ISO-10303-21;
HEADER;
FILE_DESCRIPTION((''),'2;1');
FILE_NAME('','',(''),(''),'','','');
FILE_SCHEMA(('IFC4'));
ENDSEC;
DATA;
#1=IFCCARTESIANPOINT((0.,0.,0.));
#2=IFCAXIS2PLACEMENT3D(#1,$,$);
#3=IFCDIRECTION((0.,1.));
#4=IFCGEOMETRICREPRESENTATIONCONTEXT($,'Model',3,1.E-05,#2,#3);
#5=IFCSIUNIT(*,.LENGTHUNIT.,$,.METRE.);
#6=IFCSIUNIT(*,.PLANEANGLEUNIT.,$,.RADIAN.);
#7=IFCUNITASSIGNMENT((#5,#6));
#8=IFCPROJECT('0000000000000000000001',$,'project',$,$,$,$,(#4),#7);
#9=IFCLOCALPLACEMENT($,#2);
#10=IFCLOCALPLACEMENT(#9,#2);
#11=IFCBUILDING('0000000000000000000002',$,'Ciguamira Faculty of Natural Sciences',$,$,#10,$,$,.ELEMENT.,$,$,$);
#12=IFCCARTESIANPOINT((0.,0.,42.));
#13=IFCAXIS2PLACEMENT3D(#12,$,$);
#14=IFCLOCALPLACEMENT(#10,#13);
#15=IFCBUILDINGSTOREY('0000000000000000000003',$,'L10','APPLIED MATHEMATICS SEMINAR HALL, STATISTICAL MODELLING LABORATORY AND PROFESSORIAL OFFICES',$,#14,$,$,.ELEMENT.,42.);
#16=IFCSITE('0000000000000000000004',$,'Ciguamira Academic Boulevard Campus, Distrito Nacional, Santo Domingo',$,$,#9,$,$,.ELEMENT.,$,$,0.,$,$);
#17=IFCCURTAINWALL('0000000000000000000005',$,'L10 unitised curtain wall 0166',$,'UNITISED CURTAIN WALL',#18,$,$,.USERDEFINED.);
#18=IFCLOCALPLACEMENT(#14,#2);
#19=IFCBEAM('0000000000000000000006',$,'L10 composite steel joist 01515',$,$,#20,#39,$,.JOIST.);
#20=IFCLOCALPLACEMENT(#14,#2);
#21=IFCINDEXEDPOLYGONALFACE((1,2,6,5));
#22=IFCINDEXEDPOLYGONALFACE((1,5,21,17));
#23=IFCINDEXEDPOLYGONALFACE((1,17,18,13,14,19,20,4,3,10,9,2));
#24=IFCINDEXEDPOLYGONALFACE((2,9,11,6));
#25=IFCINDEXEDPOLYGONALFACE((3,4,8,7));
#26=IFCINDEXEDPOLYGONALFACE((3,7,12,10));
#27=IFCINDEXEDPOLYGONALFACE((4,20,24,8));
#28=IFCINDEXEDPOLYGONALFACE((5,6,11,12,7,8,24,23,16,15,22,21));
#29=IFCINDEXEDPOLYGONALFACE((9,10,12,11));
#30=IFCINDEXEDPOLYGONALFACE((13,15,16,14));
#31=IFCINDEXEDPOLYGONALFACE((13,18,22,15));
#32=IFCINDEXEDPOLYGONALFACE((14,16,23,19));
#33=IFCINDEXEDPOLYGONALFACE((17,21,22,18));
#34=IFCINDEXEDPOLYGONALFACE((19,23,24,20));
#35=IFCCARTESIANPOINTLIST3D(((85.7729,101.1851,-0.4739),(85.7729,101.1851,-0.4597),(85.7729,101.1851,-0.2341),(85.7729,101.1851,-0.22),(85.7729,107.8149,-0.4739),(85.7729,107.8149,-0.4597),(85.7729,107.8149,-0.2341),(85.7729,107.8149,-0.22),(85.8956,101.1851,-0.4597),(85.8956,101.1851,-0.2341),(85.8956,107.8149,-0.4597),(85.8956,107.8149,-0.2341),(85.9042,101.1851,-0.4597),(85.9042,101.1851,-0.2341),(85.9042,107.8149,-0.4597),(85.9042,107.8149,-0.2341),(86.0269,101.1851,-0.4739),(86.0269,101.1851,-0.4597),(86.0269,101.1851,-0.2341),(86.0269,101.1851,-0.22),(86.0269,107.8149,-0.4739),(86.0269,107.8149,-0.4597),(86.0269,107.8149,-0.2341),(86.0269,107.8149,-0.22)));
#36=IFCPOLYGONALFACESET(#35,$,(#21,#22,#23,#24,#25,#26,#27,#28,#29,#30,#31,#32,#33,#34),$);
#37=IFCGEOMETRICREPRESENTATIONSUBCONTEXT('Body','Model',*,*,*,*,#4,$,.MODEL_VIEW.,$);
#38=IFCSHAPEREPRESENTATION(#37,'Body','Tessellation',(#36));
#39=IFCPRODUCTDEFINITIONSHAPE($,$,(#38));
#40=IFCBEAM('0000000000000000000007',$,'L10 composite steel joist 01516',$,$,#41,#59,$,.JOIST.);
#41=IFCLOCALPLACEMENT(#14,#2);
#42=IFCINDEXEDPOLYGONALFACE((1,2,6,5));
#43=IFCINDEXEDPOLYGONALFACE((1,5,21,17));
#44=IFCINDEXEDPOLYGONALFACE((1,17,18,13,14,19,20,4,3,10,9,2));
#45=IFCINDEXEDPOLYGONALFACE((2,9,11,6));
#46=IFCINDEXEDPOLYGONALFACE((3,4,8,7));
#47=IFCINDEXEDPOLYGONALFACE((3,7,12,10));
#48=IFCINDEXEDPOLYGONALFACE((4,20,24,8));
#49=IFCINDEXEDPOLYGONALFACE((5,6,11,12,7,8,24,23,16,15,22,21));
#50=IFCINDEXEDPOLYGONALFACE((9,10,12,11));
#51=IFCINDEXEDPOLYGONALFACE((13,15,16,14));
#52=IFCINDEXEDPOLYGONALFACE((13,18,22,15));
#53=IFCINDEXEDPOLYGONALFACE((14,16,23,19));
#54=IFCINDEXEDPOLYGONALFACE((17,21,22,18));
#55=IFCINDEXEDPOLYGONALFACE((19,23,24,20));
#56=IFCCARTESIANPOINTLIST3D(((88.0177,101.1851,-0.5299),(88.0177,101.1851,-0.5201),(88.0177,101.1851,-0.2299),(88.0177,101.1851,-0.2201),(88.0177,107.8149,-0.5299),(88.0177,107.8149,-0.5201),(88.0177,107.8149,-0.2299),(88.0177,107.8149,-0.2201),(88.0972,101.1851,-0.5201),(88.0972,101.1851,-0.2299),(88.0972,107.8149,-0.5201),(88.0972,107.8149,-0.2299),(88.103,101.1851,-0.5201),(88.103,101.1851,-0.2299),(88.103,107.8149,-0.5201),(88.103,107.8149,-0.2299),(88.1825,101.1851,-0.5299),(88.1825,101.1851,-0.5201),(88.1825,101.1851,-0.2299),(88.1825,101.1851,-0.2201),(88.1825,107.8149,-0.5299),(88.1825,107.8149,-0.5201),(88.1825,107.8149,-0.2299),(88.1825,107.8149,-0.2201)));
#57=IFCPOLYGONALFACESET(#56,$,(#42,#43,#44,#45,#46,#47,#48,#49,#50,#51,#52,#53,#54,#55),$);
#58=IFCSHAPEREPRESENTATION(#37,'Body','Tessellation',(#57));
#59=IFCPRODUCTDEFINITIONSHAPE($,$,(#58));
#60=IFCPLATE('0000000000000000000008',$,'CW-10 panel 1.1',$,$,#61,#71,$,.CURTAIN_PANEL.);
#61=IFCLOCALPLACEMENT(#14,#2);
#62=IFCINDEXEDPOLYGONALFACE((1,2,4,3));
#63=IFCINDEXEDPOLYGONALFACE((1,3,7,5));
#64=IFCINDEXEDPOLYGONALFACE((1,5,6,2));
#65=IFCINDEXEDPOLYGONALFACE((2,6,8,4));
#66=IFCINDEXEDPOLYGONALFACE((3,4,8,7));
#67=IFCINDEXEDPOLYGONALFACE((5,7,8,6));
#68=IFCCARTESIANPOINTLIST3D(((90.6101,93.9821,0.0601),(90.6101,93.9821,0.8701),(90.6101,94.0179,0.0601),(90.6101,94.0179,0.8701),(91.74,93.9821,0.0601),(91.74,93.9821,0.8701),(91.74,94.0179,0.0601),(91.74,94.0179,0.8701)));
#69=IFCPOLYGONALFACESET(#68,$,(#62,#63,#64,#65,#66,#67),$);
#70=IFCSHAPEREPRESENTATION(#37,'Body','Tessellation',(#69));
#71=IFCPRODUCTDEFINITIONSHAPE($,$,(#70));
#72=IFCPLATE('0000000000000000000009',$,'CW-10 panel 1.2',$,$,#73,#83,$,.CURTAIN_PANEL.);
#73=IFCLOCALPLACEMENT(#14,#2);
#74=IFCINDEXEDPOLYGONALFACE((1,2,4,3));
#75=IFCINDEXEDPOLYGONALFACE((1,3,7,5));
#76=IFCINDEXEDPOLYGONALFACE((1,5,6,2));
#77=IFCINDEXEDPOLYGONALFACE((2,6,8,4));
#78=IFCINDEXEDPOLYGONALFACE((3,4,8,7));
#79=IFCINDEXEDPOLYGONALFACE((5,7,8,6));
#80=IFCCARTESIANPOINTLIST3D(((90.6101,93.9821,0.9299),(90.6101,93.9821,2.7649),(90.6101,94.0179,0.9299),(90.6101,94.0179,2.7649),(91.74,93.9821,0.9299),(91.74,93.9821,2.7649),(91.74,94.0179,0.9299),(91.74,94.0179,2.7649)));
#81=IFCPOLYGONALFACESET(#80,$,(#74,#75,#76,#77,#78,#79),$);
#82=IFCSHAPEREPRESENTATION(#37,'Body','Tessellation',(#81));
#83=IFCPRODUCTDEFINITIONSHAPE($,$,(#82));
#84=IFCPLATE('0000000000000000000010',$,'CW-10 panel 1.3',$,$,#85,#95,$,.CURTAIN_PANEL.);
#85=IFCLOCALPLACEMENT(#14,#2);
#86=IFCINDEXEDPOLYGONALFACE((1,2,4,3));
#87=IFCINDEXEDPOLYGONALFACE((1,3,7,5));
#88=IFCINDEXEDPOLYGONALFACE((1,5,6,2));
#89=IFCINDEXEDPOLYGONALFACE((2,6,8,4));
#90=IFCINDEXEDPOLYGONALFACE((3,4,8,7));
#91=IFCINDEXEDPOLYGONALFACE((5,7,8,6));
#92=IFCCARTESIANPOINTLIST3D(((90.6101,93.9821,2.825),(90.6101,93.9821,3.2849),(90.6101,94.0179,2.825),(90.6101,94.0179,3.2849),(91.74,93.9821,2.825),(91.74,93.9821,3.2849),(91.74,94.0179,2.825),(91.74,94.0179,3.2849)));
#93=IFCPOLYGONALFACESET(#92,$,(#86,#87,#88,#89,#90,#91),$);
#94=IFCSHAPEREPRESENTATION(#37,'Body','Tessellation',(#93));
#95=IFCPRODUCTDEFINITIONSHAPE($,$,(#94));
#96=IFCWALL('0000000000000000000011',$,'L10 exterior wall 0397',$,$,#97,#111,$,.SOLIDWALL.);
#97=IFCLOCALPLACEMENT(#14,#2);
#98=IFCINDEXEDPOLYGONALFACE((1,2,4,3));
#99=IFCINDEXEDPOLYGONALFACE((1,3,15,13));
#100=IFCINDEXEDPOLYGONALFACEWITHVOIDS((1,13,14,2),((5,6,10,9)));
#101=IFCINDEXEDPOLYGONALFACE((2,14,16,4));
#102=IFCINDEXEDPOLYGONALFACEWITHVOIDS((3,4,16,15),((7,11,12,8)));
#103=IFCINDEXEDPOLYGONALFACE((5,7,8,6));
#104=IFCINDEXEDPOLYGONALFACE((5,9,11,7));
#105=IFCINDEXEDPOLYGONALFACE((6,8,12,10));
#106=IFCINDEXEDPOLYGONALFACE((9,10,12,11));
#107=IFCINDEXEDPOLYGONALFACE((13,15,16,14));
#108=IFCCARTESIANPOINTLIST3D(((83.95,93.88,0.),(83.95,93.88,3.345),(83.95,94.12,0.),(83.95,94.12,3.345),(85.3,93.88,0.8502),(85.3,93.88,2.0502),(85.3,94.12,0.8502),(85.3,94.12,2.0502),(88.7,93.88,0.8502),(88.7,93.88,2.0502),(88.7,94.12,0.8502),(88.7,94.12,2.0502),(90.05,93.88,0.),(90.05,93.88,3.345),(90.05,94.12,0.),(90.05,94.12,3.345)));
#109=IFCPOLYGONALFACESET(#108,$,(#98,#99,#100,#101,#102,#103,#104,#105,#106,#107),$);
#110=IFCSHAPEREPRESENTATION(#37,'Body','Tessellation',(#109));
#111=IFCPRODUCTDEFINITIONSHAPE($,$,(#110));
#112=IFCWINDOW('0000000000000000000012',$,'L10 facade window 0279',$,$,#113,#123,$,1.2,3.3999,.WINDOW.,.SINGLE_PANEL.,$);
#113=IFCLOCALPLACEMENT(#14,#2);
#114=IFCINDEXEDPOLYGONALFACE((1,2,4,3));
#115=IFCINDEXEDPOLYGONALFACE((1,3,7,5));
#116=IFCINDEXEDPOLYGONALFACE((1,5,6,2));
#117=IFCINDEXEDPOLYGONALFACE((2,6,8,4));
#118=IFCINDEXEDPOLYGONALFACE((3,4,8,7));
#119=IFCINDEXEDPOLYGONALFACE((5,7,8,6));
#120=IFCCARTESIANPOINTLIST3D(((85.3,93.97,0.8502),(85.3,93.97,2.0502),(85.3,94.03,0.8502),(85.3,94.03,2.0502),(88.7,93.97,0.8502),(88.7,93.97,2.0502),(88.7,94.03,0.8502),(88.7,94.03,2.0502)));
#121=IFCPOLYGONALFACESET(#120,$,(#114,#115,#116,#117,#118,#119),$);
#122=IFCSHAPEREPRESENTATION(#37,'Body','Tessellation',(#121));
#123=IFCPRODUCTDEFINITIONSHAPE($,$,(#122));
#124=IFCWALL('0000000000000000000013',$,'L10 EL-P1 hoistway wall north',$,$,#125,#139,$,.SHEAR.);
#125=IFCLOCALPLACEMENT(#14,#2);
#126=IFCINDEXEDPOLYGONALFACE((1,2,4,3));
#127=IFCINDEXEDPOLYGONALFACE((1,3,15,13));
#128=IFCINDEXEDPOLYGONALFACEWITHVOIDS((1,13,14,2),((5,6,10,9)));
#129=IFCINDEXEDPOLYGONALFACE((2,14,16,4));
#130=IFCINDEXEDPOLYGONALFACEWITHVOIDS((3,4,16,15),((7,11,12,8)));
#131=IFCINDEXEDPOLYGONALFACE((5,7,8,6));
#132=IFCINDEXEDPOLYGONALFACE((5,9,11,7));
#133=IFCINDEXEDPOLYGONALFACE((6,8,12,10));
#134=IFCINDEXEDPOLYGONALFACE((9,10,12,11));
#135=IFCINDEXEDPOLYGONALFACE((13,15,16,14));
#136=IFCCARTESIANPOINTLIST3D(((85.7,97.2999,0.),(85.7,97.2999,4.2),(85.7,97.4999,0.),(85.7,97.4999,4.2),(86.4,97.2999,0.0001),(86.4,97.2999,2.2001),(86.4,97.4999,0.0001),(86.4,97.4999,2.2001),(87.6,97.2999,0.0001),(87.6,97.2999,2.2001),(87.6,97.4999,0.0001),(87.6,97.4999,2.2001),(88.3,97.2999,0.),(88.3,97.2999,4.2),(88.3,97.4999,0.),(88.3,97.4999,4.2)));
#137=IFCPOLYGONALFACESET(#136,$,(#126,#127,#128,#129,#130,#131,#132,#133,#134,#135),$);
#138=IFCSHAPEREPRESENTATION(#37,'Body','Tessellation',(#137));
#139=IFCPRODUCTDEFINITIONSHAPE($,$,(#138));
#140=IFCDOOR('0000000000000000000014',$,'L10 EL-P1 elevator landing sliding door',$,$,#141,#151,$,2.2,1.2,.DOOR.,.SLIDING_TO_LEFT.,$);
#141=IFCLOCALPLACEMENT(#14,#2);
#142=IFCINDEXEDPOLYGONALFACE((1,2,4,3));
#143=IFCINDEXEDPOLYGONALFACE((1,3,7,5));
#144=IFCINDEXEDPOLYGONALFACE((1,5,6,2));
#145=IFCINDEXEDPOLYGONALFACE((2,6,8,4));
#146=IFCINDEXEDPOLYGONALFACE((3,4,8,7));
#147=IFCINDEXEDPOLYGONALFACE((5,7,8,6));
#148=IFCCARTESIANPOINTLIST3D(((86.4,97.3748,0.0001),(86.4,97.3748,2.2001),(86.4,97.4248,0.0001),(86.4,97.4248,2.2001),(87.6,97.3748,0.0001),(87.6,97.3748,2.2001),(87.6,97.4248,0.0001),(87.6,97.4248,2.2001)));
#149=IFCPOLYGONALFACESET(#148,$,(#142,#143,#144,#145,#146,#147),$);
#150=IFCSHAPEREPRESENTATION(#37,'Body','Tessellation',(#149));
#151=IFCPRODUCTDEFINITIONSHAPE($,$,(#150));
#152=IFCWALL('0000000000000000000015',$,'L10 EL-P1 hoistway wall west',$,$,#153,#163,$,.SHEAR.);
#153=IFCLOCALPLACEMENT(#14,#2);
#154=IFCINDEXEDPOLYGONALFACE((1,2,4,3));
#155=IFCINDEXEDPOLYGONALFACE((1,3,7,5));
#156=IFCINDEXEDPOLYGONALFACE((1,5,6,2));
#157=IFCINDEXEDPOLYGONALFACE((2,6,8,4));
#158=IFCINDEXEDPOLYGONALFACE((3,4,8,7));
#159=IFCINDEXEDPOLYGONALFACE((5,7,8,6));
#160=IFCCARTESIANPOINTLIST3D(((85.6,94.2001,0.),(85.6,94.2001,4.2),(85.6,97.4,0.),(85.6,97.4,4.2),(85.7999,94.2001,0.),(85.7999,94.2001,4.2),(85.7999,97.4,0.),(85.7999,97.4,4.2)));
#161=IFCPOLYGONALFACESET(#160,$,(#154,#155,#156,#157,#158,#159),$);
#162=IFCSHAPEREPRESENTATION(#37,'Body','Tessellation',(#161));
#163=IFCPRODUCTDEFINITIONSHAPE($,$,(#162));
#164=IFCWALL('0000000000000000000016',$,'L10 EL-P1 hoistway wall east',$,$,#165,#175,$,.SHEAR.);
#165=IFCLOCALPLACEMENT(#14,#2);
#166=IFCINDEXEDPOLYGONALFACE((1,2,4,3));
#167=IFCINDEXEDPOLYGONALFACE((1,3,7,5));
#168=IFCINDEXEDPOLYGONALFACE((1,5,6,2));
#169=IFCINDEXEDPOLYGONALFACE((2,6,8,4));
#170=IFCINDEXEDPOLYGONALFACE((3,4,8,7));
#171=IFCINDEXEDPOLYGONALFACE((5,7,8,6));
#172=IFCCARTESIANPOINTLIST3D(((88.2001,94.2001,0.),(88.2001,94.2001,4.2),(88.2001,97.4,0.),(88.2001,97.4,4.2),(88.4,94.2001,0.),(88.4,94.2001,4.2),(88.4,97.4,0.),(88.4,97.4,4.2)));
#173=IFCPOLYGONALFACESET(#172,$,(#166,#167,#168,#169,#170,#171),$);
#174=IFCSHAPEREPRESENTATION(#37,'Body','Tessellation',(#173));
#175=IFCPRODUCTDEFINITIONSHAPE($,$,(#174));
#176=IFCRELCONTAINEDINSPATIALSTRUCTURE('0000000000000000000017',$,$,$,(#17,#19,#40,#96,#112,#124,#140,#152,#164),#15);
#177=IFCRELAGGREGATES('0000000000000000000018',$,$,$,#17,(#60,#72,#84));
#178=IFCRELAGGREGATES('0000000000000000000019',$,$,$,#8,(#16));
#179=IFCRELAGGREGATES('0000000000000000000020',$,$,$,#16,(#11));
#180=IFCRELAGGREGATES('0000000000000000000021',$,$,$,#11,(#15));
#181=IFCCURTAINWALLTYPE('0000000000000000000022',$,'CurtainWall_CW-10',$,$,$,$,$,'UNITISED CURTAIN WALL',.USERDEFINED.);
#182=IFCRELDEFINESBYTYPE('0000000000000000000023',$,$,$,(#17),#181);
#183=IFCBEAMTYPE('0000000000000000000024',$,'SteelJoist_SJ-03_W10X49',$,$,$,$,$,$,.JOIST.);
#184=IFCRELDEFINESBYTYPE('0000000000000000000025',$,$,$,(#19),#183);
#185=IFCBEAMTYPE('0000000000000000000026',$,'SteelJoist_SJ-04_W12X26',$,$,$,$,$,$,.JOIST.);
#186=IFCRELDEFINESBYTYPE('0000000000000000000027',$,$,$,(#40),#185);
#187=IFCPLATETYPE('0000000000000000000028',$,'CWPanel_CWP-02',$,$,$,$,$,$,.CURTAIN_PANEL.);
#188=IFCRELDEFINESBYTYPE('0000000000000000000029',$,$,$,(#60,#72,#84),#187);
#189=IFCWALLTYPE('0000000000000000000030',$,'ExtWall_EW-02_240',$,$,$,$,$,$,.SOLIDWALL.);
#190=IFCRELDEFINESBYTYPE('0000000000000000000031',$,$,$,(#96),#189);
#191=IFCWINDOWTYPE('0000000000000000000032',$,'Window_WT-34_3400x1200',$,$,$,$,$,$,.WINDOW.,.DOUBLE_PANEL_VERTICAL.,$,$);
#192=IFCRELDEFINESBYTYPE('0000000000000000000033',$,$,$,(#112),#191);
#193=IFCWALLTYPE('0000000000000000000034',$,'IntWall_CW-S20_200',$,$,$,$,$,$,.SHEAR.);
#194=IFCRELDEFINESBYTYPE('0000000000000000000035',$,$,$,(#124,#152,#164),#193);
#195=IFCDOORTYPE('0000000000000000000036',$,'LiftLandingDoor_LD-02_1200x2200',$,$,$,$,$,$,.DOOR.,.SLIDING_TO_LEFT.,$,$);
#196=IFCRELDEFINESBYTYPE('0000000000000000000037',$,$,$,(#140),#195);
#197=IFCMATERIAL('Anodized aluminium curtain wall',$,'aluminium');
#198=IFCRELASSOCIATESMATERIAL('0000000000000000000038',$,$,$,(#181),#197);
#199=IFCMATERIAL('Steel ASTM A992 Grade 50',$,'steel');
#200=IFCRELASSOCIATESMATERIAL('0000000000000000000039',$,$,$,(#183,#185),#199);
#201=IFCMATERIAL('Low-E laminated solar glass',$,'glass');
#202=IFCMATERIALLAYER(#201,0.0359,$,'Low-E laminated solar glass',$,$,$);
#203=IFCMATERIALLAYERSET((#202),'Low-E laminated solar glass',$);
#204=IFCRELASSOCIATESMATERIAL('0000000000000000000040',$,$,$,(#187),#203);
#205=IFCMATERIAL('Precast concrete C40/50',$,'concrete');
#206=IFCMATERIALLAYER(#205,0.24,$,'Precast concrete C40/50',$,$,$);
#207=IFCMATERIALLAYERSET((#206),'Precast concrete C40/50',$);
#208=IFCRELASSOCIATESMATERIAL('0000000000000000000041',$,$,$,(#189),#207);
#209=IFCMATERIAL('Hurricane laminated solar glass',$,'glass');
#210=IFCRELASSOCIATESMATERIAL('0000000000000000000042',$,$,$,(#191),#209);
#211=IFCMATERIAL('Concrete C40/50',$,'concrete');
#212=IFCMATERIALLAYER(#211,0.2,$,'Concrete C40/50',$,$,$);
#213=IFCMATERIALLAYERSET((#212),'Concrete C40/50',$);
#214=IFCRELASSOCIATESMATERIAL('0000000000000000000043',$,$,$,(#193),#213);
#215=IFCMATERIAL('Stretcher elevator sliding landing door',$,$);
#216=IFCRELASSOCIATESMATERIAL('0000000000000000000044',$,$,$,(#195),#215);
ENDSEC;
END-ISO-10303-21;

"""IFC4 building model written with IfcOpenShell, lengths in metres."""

from ifc_helpers import new_model, si_unit, direction, frame, frame_2d, origin, origin_2d, place, context, subcontext, project, spatial, rectangle, i_section, extrude, material, layer, layer_set, material_profile, profile_set, type_object, element, fill, aggregate, save


model = new_model("IFC4")

# Units and contexts
model_context = context("Model", 3, precision=1e-05, world=origin(), true_north=direction((0.0, 1.0)))
body_context = subcontext(model_context, "Body", "Model", "MODEL_VIEW")
ifc_project = project(units=[si_unit("LENGTHUNIT", "METRE"), si_unit("PLANEANGLEUNIT", "RADIAN")], contexts=[model_context])

# Site, building, storey
site_placement = place(None, origin())
site = spatial("IfcSite", under=ifc_project, at=site_placement, Name="Ciguamira Academic Boulevard Campus, Distrito Nacional, Santo Domingo", CompositionType="ELEMENT", RefElevation=0.0)
building_placement = place(site_placement, origin())
building = spatial("IfcBuilding", under=site, at=building_placement, Name="Ciguamira Faculty of Natural Sciences", CompositionType="ELEMENT")
storey_placement = place(building_placement, frame((0.0, 0.0, 42.0)))
storey = spatial("IfcBuildingStorey", under=building, at=storey_placement, Name="L10", Description="APPLIED MATHEMATICS SEMINAR HALL, STATISTICAL MODELLING LABORATORY AND PROFESSORIAL OFFICES", CompositionType="ELEMENT", Elevation=42.0)

# Shared definitions
ifc_material_1 = material(Name="Concrete C40/50", Category="concrete")

# Curtain wall
ifc_material_2 = material(Name="Anodized aluminium curtain wall", Category="aluminium")
curtain_wall_type = type_object("IfcCurtainWallType", Name="CurtainWall_CW-10", ElementType="UNITISED CURTAIN WALL", PredefinedType="USERDEFINED", material=ifc_material_2)
curtain_wall_placement = place(storey_placement, origin())
curtain_wall = element("IfcCurtainWall", 1, at=curtain_wall_placement, inside=storey, type_object=curtain_wall_type, Name="L10 unitised curtain wall 0166", ObjectType="UNITISED CURTAIN WALL", PredefinedType="USERDEFINED")

# Beams
ifc_material_3 = material(Name="Steel ASTM A992 Grade 50", Category="steel")
ifc_material_profile_1 = material_profile(ifc_material_3, i_section(OverallWidth=0.2539, OverallDepth=0.2539, WebThickness=0.0085, FlangeThickness=0.0142, at=origin_2d()), Name="W10X49")
ifc_profile_set_1 = profile_set([ifc_material_profile_1], Name="Steel ASTM A992 Grade 50")
beam_type_1 = type_object("IfcBeamType", Name="SteelJoist_SJ-03_W10X49", PredefinedType="JOIST", material=ifc_profile_set_1)
beam_1_placement = place(storey_placement, frame((85.8999, 101.1851, -0.3469), z_axis=(0.0, 1.0, 0.0), x_axis=(-1.0, 0.0, 0.0)))
element("IfcBeam", 2, at=beam_1_placement, inside=storey, type_object=beam_type_1, Name="L10 composite steel joist 01515", PredefinedType="JOIST", context=body_context, shape_type="SweptSolid", body=[
    extrude(i_section(OverallWidth=0.2539, OverallDepth=0.2539, WebThickness=0.0085, FlangeThickness=0.0142, at=origin_2d()), origin(), (0.0, 0.0, 1.0), 6.6299),
])
ifc_material_profile_2 = material_profile(ifc_material_3, i_section(OverallWidth=0.1648, OverallDepth=0.3098, WebThickness=0.0059, FlangeThickness=0.0098, at=origin_2d()), Name="W12X26")
ifc_profile_set_2 = profile_set([ifc_material_profile_2], Name="Steel ASTM A992 Grade 50")
beam_type_2 = type_object("IfcBeamType", Name="SteelJoist_SJ-04_W12X26", PredefinedType="JOIST", material=ifc_profile_set_2)
beam_2_placement = place(storey_placement, frame((88.1001, 101.1851, -0.375), z_axis=(0.0, 1.0, 0.0), x_axis=(-1.0, 0.0, 0.0)))
element("IfcBeam", 3, at=beam_2_placement, inside=storey, type_object=beam_type_2, Name="L10 composite steel joist 01516", PredefinedType="JOIST", context=body_context, shape_type="SweptSolid", body=[
    extrude(i_section(OverallWidth=0.1648, OverallDepth=0.3098, WebThickness=0.0059, FlangeThickness=0.0098, at=origin_2d()), origin(), (0.0, 0.0, 1.0), 6.6299),
])

# Plates
ifc_material_4 = material(Name="Low-E laminated solar glass", Category="glass")
ifc_layer_1 = layer(ifc_material_4, 0.0359, Name="Low-E laminated solar glass")
ifc_layer_set_1 = layer_set([ifc_layer_1], Name="Low-E laminated solar glass")
plate_type = type_object("IfcPlateType", Name="CWPanel_CWP-02", PredefinedType="CURTAIN_PANEL", material=ifc_layer_set_1)
plate_1_placement = place(storey_placement, frame((91.175, 94.0, 0.0601), z_axis=(0.0, 0.0, 1.0), x_axis=(1.0, 0.0, 0.0)))
plate_1 = element("IfcPlate", 4, at=plate_1_placement, type_object=plate_type, Name="CW-10 panel 1.1", PredefinedType="CURTAIN_PANEL", context=body_context, shape_type="SweptSolid", body=[
    extrude(rectangle(XDim=1.1299, YDim=0.0359, at=origin_2d()), origin(), (0.0, 0.0, 1.0), 0.8101),
])
plate_2_placement = place(storey_placement, frame((91.175, 94.0, 0.9299), z_axis=(0.0, 0.0, 1.0), x_axis=(1.0, 0.0, 0.0)))
plate_2 = element("IfcPlate", 5, at=plate_2_placement, type_object=plate_type, Name="CW-10 panel 1.2", PredefinedType="CURTAIN_PANEL", context=body_context, shape_type="SweptSolid", body=[
    extrude(rectangle(XDim=1.1299, YDim=0.0359, at=origin_2d()), origin(), (0.0, 0.0, 1.0), 1.835),
])
plate_3_placement = place(storey_placement, frame((91.175, 94.0, 2.825), z_axis=(0.0, 0.0, 1.0), x_axis=(1.0, 0.0, 0.0)))
plate_3 = element("IfcPlate", 6, at=plate_3_placement, type_object=plate_type, Name="CW-10 panel 1.3", PredefinedType="CURTAIN_PANEL", context=body_context, shape_type="SweptSolid", body=[
    extrude(rectangle(XDim=1.1299, YDim=0.0359, at=origin_2d()), origin(), (0.0, 0.0, 1.0), 0.46),
])
aggregate(curtain_wall, [plate_1, plate_2, plate_3])

# Wall, opening, window
ifc_material_5 = material(Name="Precast concrete C40/50", Category="concrete")
ifc_layer_2 = layer(ifc_material_5, 0.24, Name="Precast concrete C40/50")
ifc_layer_set_2 = layer_set([ifc_layer_2], Name="Precast concrete C40/50")
wall_type_1 = type_object("IfcWallType", Name="ExtWall_EW-02_240", PredefinedType="SOLIDWALL", material=ifc_layer_set_2)
wall_1_placement = place(storey_placement, frame((83.95, 94.0, 0.0), z_axis=(0.0, 0.0, 1.0), x_axis=(1.0, 0.0, 0.0)))
wall_1 = element("IfcWall", 7, at=wall_1_placement, inside=storey, type_object=wall_type_1, Name="L10 exterior wall 0397", PredefinedType="SOLIDWALL", context=body_context, shape_type="SweptSolid", body=[
    extrude(rectangle(XDim=6.1001, YDim=0.24, at=frame_2d((3.05, 0.0))), origin(), (0.0, 0.0, 1.0), 3.345),
])
opening_1_placement = place(wall_1_placement, frame((1.3501, 0.0, 0.8501)))
opening_1 = element("IfcOpeningElement", 8, at=opening_1_placement, cuts=wall_1, PredefinedType="OPENING", context=body_context, shape_type="SweptSolid", body=[
    extrude(rectangle(XDim=3.3999, YDim=1.2, at=frame_2d((1.7, 0.6001))), frame((0.0, 0.1299, 0.0), z_axis=(0.0, -1.0, 0.0), x_axis=(1.0, 0.0, 0.0)), (0.0, 0.0, 1.0), 0.26),
])
ifc_material_6 = material(Name="Hurricane laminated solar glass", Category="glass")
window_type = type_object("IfcWindowType", Name="Window_WT-34_3400x1200", PartitioningType="DOUBLE_PANEL_VERTICAL", PredefinedType="WINDOW", material=ifc_material_6)
window_placement = place(opening_1_placement, origin())
window = element("IfcWindow", 9, at=window_placement, inside=storey, type_object=window_type, Name="L10 facade window 0279", OverallHeight=1.2, OverallWidth=3.3999, PartitioningType="SINGLE_PANEL", PredefinedType="WINDOW", context=body_context, shape_type="SweptSolid", body=[
    extrude(rectangle(XDim=3.3999, YDim=1.2, at=frame_2d((1.7, 0.6001))), frame((0.0, 0.03, 0.0), z_axis=(0.0, -1.0, 0.0), x_axis=(1.0, 0.0, 0.0)), (0.0, 0.0, 1.0), 0.0601),
])
fill(opening_1, window)

# Wall, opening, door
ifc_layer_3 = layer(ifc_material_1, 0.2, Name="Concrete C40/50")
ifc_layer_set_3 = layer_set([ifc_layer_3], Name="Concrete C40/50")
wall_type_2 = type_object("IfcWallType", Name="IntWall_CW-S20_200", PredefinedType="SHEAR", material=ifc_layer_set_3)
wall_2_placement = place(storey_placement, frame((85.7, 97.3999, 0.0), z_axis=(0.0, 0.0, 1.0), x_axis=(1.0, 0.0, 0.0)))
wall_2 = element("IfcWall", 10, at=wall_2_placement, inside=storey, type_object=wall_type_2, Name="L10 EL-P1 hoistway wall north", PredefinedType="SHEAR", context=body_context, shape_type="SweptSolid", body=[
    extrude(rectangle(XDim=2.6001, YDim=0.2, at=frame_2d((1.3, 0.0))), origin(), (0.0, 0.0, 1.0), 4.2),
])
opening_2_placement = place(wall_2_placement, frame((0.7, 0.0, 0.0)))
opening_2 = element("IfcOpeningElement", 11, at=opening_2_placement, cuts=wall_2, PredefinedType="OPENING", context=body_context, shape_type="SweptSolid", body=[
    extrude(rectangle(XDim=1.2, YDim=2.2, at=frame_2d((0.6001, 1.1001))), frame((0.0, 0.1099, 0.0), z_axis=(0.0, -1.0, 0.0), x_axis=(1.0, 0.0, 0.0)), (0.0, 0.0, 1.0), 0.22),
])
ifc_material_7 = material(Name="Stretcher elevator sliding landing door")
door_type = type_object("IfcDoorType", Name="LiftLandingDoor_LD-02_1200x2200", OperationType="SLIDING_TO_LEFT", PredefinedType="DOOR", material=ifc_material_7)
door_placement = place(opening_2_placement, origin())
door = element("IfcDoor", 12, at=door_placement, inside=storey, type_object=door_type, Name="L10 EL-P1 elevator landing sliding door", OperationType="SLIDING_TO_LEFT", OverallHeight=2.2, OverallWidth=1.2, PredefinedType="DOOR", context=body_context, shape_type="SweptSolid", body=[
    extrude(rectangle(XDim=1.2, YDim=2.2, at=frame_2d((0.6001, 1.1001))), frame((0.0, 0.0249, 0.0), z_axis=(0.0, -1.0, 0.0), x_axis=(1.0, 0.0, 0.0)), (0.0, 0.0, 1.0), 0.05),
])
fill(opening_2, door)

# Walls
for number, where, z_axis, x_axis, name in (
    (13, (85.7, 94.2, 0.0), (0.0, 0.0, 1.0), (0.0, 1.0, 0.0), "L10 EL-P1 hoistway wall west"),
    (14, (88.3, 94.2, 0.0), (0.0, 0.0, 1.0), (0.0, 1.0, 0.0), "L10 EL-P1 hoistway wall east"),
):
    element("IfcWall", number, at=place(storey_placement, frame(where, z_axis=z_axis, x_axis=x_axis)), inside=storey, type_object=wall_type_2, Name=name, PredefinedType="SHEAR", context=body_context, shape_type="SweptSolid", body=[
        extrude(rectangle(XDim=3.2, YDim=0.2, at=frame_2d((1.6001, 0.0))), origin(), (0.0, 0.0, 1.0), 4.2),
    ])

save(model, "model.ifc")
